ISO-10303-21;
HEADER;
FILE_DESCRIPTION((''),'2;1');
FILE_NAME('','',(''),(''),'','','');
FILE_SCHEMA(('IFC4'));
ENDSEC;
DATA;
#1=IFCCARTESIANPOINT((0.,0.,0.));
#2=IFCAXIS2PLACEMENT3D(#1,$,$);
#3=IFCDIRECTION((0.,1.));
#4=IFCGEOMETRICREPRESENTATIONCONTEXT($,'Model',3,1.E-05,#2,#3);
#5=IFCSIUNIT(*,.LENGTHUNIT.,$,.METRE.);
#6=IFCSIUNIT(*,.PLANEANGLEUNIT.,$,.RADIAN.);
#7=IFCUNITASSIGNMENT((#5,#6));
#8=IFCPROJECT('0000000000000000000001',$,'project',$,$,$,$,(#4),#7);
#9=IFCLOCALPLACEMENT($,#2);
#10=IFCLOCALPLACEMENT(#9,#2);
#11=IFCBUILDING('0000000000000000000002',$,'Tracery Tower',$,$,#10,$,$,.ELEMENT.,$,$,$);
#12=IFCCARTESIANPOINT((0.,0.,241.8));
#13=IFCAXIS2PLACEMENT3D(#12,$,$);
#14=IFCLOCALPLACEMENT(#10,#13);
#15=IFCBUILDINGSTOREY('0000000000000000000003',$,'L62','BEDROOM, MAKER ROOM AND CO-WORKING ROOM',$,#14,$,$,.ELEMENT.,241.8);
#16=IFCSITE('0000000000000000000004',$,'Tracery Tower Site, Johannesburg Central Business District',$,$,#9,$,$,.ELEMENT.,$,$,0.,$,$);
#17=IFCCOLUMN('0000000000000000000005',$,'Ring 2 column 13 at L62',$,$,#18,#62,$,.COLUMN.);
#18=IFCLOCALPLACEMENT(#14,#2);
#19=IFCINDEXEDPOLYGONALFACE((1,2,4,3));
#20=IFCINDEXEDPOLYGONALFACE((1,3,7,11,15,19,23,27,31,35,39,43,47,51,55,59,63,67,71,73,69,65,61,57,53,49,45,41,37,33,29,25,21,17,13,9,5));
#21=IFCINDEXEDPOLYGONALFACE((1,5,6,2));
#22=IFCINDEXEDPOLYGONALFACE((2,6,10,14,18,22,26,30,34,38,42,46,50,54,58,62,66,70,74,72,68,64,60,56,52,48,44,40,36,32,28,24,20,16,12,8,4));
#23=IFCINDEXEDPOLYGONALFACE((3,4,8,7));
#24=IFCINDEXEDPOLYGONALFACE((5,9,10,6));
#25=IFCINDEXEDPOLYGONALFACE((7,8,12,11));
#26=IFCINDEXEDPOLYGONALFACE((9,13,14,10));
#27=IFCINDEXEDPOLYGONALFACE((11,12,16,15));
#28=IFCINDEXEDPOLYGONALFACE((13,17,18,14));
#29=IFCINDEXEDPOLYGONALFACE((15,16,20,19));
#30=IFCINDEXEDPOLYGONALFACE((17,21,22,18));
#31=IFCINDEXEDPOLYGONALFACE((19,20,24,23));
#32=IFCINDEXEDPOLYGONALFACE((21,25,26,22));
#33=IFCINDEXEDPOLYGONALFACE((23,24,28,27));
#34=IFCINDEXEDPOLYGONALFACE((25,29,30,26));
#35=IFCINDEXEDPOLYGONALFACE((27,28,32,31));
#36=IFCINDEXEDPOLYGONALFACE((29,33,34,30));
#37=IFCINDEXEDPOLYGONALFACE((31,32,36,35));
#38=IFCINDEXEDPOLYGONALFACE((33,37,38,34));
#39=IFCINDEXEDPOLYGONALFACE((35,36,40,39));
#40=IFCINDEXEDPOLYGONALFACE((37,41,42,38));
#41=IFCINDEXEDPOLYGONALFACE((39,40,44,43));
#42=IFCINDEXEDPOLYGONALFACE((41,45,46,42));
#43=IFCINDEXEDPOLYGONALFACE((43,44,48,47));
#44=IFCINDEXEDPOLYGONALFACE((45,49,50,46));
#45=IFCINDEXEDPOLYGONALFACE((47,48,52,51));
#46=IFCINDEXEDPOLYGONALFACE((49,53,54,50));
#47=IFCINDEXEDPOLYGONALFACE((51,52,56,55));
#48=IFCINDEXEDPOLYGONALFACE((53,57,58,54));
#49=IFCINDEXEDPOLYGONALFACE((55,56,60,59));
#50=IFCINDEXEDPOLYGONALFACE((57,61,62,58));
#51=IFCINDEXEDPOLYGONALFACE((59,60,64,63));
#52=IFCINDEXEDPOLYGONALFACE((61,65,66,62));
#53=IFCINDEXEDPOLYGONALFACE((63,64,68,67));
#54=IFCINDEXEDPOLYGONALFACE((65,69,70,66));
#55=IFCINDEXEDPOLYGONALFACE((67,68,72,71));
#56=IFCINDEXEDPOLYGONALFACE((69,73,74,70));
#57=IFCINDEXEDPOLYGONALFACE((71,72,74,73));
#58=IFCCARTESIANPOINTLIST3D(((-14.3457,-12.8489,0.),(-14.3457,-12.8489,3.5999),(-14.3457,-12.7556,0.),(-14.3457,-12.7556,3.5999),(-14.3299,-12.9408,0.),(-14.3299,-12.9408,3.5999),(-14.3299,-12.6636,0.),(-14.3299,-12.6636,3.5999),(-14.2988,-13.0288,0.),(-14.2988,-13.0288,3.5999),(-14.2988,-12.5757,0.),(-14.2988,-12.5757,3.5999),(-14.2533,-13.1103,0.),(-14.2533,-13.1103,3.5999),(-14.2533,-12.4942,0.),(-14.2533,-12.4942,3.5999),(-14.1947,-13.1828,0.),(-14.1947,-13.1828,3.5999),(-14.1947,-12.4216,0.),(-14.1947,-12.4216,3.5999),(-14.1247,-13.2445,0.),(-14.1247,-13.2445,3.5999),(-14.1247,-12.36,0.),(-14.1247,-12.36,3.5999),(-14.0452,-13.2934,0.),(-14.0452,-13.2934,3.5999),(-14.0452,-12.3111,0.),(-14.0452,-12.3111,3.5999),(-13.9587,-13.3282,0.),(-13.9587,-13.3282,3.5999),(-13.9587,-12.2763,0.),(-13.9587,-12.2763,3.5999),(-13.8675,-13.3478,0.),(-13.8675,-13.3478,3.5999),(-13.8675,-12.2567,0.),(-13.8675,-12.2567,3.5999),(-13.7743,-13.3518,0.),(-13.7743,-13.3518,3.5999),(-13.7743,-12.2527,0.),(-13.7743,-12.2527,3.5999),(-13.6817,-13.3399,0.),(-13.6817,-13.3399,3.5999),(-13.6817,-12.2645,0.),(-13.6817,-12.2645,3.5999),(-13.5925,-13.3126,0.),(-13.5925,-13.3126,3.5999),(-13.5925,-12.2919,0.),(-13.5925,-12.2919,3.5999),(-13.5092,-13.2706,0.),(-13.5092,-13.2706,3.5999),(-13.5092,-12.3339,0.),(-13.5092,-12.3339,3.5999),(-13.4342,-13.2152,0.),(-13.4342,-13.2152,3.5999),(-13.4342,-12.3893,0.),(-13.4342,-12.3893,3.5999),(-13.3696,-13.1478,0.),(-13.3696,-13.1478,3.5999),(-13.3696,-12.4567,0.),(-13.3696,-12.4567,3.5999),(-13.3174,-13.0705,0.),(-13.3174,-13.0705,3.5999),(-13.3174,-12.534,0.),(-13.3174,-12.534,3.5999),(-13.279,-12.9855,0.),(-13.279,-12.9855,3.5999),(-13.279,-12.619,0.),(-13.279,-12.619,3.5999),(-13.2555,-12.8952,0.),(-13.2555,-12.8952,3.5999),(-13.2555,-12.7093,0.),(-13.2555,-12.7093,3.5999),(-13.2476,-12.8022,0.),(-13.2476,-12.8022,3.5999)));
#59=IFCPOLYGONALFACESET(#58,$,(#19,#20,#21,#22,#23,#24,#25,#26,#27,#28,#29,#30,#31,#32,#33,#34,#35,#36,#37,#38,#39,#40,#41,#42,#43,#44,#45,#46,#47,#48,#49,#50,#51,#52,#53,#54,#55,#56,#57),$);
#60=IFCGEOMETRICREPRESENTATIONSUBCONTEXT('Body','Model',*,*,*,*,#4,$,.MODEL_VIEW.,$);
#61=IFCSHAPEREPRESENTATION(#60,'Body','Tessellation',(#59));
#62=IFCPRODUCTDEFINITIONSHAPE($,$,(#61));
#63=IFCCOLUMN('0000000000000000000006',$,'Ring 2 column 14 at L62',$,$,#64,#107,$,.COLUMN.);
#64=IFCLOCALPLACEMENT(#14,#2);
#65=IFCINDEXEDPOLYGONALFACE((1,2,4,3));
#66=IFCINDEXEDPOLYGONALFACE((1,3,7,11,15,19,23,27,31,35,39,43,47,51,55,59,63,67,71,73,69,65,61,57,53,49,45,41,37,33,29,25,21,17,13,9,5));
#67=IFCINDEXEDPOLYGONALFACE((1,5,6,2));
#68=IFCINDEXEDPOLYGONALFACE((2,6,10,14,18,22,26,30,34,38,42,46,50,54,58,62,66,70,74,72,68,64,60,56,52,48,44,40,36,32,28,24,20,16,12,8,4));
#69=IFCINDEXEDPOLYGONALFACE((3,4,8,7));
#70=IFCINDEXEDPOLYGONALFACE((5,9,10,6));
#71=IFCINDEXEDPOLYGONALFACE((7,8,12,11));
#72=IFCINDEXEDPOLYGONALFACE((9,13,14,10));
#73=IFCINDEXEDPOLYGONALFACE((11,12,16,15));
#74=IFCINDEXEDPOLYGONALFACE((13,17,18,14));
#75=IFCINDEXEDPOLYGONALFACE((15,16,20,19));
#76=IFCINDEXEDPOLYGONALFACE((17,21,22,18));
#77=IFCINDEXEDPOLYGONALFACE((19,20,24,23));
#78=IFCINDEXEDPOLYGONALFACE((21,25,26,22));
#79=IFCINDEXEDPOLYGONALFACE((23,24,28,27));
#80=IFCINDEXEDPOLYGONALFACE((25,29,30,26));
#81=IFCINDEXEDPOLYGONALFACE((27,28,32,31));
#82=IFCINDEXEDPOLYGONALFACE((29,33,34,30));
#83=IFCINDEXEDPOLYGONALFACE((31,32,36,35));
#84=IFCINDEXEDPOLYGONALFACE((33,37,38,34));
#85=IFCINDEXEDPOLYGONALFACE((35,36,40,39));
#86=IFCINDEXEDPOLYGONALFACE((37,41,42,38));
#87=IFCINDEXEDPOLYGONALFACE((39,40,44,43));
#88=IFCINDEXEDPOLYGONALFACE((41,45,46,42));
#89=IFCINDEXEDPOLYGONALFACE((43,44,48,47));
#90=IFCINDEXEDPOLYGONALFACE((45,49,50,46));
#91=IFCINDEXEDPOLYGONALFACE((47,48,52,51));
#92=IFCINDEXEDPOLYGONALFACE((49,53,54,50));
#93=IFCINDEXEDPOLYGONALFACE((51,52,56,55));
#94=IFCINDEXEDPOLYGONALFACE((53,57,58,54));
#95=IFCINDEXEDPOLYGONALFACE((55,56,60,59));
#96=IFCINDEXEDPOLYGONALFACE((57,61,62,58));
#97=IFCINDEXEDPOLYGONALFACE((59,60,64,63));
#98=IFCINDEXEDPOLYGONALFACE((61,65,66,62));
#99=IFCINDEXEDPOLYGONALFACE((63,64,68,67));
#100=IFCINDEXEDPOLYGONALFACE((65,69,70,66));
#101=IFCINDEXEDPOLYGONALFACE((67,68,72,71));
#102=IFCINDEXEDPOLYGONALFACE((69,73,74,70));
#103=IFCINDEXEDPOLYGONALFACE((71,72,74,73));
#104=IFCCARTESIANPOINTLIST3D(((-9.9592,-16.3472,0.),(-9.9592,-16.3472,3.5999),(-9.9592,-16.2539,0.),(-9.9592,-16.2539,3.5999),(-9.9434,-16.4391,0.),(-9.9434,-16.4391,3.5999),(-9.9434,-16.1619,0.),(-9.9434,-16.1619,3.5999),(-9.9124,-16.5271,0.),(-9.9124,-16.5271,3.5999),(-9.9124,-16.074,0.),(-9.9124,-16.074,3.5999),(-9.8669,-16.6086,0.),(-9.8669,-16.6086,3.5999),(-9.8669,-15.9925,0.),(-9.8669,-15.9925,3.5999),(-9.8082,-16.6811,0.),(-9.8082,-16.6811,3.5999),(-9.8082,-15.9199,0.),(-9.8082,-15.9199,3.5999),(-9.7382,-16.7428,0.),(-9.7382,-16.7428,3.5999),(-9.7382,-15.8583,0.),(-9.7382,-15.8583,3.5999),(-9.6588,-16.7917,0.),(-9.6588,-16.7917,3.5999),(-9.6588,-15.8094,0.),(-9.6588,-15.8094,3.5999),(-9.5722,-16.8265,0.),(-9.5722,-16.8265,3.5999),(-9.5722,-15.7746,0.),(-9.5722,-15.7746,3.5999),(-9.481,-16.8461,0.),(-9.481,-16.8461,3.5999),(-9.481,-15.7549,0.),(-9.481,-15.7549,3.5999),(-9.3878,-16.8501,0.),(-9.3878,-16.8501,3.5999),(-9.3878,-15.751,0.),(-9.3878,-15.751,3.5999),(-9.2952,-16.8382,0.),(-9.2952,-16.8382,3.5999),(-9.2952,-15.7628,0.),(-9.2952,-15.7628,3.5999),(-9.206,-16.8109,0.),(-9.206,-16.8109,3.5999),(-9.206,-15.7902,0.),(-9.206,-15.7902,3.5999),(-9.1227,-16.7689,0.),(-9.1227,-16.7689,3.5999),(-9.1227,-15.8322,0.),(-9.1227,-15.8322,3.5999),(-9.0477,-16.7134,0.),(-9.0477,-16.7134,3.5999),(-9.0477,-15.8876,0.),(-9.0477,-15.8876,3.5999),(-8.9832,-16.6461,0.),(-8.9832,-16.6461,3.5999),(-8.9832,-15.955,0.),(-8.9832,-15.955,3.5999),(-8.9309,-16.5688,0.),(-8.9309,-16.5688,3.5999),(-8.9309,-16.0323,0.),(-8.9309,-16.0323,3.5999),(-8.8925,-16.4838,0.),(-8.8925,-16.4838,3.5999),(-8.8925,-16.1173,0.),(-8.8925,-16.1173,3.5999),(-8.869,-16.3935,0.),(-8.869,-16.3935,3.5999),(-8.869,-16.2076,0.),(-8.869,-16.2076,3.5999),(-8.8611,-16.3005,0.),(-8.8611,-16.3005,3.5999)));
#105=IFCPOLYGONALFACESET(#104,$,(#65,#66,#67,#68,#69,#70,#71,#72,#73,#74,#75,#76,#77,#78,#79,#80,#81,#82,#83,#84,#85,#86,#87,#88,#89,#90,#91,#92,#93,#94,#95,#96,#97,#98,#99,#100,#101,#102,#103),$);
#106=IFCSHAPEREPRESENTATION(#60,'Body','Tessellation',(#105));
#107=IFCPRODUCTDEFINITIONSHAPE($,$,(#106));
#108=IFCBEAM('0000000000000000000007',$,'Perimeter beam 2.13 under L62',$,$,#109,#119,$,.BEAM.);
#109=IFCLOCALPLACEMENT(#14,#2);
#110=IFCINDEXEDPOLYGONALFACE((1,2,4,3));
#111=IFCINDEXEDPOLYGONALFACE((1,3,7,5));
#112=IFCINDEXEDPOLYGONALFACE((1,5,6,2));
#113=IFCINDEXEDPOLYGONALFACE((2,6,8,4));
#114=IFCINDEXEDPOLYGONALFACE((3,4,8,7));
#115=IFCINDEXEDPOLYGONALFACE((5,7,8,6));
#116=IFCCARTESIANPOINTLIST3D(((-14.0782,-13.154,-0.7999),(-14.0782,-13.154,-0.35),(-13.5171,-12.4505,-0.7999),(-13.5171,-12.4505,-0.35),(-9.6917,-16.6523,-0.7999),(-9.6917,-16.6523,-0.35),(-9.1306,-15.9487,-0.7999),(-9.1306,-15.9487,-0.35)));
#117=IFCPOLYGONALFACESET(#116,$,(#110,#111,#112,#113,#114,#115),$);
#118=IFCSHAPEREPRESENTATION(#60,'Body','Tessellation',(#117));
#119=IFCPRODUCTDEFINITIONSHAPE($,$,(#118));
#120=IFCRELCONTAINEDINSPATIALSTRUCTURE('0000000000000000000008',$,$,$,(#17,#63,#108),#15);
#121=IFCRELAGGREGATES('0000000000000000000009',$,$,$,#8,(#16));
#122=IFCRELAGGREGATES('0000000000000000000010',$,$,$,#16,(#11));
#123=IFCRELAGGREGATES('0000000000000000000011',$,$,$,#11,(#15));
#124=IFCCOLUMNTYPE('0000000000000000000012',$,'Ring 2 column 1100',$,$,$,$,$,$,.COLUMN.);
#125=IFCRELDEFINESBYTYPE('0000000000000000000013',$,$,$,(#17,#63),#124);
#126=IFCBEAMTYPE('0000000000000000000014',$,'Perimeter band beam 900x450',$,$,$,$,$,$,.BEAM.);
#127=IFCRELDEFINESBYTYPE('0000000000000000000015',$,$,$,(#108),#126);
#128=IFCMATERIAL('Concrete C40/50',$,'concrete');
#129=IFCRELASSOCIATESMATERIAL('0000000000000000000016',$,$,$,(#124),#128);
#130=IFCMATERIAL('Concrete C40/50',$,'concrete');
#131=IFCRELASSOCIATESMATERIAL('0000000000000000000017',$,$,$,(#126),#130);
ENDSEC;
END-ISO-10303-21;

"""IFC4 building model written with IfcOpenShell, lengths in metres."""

from ifc_helpers import new_model, si_unit, direction, frame, origin, origin_2d, place, context, subcontext, project, spatial, rectangle, circle, extrude, material, material_profile, profile_set, type_object, element, save


model = new_model("IFC4")

# Units and contexts
model_context = context("Model", 3, precision=1e-05, world=origin(), true_north=direction((0.0, 1.0)))
body_context = subcontext(model_context, "Body", "Model", "MODEL_VIEW")
ifc_project = project(units=[si_unit("LENGTHUNIT", "METRE"), si_unit("PLANEANGLEUNIT", "RADIAN")], contexts=[model_context])

# Site, building, storey
site_placement = place(None, origin())
site = spatial("IfcSite", under=ifc_project, at=site_placement, Name="Tracery Tower Site, Johannesburg Central Business District", CompositionType="ELEMENT", RefElevation=0.0)
building_placement = place(site_placement, origin())
building = spatial("IfcBuilding", under=site, at=building_placement, Name="Tracery Tower", CompositionType="ELEMENT")
storey_placement = place(building_placement, frame((0.0, 0.0, 241.8)))
storey = spatial("IfcBuildingStorey", under=building, at=storey_placement, Name="L62", Description="BEDROOM, MAKER ROOM AND CO-WORKING ROOM", CompositionType="ELEMENT", Elevation=241.8)

# Columns
ifc_material_1 = material(Name="Concrete C40/50", Category="concrete")
ifc_material_profile_1 = material_profile(ifc_material_1, circle(Radius=0.55, at=origin_2d()), Name="RC D1100")
ifc_profile_set_1 = profile_set([ifc_material_profile_1], Name="Concrete C40/50")
column_type = type_object("IfcColumnType", Name="Ring 2 column 1100", PredefinedType="COLUMN", material=ifc_profile_set_1)
for number, where, z_axis, x_axis, name in (
    (1, (-13.7976, -12.8022, 0.0), (0.0, 0.0, 1.0), (1.0, 0.0, 0.0), "Ring 2 column 13 at L62"),
    (2, (-9.4111, -16.3005, 0.0), (0.0, 0.0, 1.0), (1.0, 0.0, 0.0), "Ring 2 column 14 at L62"),
):
    element("IfcColumn", number, at=place(storey_placement, frame(where, z_axis=z_axis, x_axis=x_axis)), inside=storey, type_object=column_type, Name=name, PredefinedType="COLUMN", context=body_context, shape_type="SweptSolid", body=[
        extrude(circle(Radius=0.55, at=origin_2d()), origin(), (0.0, 0.0, 1.0), 3.5999),
    ])

# Beam
ifc_material_2 = material(Name="Concrete C40/50", Category="concrete")
ifc_material_profile_2 = material_profile(ifc_material_2, rectangle(XDim=0.8999, YDim=0.45, at=origin_2d()), Name="RC 900x450")
ifc_profile_set_2 = profile_set([ifc_material_profile_2], Name="Concrete C40/50")
beam_type = type_object("IfcBeamType", Name="Perimeter band beam 900x450", PredefinedType="BEAM", material=ifc_profile_set_2)
beam_placement = place(storey_placement, frame((-13.7976, -12.8022, -0.575), z_axis=(0.781815, -0.623511, 0.0), x_axis=(0.623511, 0.781815, 0.0)))
element("IfcBeam", 3, at=beam_placement, inside=storey, type_object=beam_type, Name="Perimeter beam 2.13 under L62", PredefinedType="BEAM", context=body_context, shape_type="SweptSolid", body=[
    extrude(rectangle(XDim=0.8999, YDim=0.45, at=origin_2d()), origin(), (0.0, 0.0, 1.0), 5.6106),
])

save(model, "model.ifc")
